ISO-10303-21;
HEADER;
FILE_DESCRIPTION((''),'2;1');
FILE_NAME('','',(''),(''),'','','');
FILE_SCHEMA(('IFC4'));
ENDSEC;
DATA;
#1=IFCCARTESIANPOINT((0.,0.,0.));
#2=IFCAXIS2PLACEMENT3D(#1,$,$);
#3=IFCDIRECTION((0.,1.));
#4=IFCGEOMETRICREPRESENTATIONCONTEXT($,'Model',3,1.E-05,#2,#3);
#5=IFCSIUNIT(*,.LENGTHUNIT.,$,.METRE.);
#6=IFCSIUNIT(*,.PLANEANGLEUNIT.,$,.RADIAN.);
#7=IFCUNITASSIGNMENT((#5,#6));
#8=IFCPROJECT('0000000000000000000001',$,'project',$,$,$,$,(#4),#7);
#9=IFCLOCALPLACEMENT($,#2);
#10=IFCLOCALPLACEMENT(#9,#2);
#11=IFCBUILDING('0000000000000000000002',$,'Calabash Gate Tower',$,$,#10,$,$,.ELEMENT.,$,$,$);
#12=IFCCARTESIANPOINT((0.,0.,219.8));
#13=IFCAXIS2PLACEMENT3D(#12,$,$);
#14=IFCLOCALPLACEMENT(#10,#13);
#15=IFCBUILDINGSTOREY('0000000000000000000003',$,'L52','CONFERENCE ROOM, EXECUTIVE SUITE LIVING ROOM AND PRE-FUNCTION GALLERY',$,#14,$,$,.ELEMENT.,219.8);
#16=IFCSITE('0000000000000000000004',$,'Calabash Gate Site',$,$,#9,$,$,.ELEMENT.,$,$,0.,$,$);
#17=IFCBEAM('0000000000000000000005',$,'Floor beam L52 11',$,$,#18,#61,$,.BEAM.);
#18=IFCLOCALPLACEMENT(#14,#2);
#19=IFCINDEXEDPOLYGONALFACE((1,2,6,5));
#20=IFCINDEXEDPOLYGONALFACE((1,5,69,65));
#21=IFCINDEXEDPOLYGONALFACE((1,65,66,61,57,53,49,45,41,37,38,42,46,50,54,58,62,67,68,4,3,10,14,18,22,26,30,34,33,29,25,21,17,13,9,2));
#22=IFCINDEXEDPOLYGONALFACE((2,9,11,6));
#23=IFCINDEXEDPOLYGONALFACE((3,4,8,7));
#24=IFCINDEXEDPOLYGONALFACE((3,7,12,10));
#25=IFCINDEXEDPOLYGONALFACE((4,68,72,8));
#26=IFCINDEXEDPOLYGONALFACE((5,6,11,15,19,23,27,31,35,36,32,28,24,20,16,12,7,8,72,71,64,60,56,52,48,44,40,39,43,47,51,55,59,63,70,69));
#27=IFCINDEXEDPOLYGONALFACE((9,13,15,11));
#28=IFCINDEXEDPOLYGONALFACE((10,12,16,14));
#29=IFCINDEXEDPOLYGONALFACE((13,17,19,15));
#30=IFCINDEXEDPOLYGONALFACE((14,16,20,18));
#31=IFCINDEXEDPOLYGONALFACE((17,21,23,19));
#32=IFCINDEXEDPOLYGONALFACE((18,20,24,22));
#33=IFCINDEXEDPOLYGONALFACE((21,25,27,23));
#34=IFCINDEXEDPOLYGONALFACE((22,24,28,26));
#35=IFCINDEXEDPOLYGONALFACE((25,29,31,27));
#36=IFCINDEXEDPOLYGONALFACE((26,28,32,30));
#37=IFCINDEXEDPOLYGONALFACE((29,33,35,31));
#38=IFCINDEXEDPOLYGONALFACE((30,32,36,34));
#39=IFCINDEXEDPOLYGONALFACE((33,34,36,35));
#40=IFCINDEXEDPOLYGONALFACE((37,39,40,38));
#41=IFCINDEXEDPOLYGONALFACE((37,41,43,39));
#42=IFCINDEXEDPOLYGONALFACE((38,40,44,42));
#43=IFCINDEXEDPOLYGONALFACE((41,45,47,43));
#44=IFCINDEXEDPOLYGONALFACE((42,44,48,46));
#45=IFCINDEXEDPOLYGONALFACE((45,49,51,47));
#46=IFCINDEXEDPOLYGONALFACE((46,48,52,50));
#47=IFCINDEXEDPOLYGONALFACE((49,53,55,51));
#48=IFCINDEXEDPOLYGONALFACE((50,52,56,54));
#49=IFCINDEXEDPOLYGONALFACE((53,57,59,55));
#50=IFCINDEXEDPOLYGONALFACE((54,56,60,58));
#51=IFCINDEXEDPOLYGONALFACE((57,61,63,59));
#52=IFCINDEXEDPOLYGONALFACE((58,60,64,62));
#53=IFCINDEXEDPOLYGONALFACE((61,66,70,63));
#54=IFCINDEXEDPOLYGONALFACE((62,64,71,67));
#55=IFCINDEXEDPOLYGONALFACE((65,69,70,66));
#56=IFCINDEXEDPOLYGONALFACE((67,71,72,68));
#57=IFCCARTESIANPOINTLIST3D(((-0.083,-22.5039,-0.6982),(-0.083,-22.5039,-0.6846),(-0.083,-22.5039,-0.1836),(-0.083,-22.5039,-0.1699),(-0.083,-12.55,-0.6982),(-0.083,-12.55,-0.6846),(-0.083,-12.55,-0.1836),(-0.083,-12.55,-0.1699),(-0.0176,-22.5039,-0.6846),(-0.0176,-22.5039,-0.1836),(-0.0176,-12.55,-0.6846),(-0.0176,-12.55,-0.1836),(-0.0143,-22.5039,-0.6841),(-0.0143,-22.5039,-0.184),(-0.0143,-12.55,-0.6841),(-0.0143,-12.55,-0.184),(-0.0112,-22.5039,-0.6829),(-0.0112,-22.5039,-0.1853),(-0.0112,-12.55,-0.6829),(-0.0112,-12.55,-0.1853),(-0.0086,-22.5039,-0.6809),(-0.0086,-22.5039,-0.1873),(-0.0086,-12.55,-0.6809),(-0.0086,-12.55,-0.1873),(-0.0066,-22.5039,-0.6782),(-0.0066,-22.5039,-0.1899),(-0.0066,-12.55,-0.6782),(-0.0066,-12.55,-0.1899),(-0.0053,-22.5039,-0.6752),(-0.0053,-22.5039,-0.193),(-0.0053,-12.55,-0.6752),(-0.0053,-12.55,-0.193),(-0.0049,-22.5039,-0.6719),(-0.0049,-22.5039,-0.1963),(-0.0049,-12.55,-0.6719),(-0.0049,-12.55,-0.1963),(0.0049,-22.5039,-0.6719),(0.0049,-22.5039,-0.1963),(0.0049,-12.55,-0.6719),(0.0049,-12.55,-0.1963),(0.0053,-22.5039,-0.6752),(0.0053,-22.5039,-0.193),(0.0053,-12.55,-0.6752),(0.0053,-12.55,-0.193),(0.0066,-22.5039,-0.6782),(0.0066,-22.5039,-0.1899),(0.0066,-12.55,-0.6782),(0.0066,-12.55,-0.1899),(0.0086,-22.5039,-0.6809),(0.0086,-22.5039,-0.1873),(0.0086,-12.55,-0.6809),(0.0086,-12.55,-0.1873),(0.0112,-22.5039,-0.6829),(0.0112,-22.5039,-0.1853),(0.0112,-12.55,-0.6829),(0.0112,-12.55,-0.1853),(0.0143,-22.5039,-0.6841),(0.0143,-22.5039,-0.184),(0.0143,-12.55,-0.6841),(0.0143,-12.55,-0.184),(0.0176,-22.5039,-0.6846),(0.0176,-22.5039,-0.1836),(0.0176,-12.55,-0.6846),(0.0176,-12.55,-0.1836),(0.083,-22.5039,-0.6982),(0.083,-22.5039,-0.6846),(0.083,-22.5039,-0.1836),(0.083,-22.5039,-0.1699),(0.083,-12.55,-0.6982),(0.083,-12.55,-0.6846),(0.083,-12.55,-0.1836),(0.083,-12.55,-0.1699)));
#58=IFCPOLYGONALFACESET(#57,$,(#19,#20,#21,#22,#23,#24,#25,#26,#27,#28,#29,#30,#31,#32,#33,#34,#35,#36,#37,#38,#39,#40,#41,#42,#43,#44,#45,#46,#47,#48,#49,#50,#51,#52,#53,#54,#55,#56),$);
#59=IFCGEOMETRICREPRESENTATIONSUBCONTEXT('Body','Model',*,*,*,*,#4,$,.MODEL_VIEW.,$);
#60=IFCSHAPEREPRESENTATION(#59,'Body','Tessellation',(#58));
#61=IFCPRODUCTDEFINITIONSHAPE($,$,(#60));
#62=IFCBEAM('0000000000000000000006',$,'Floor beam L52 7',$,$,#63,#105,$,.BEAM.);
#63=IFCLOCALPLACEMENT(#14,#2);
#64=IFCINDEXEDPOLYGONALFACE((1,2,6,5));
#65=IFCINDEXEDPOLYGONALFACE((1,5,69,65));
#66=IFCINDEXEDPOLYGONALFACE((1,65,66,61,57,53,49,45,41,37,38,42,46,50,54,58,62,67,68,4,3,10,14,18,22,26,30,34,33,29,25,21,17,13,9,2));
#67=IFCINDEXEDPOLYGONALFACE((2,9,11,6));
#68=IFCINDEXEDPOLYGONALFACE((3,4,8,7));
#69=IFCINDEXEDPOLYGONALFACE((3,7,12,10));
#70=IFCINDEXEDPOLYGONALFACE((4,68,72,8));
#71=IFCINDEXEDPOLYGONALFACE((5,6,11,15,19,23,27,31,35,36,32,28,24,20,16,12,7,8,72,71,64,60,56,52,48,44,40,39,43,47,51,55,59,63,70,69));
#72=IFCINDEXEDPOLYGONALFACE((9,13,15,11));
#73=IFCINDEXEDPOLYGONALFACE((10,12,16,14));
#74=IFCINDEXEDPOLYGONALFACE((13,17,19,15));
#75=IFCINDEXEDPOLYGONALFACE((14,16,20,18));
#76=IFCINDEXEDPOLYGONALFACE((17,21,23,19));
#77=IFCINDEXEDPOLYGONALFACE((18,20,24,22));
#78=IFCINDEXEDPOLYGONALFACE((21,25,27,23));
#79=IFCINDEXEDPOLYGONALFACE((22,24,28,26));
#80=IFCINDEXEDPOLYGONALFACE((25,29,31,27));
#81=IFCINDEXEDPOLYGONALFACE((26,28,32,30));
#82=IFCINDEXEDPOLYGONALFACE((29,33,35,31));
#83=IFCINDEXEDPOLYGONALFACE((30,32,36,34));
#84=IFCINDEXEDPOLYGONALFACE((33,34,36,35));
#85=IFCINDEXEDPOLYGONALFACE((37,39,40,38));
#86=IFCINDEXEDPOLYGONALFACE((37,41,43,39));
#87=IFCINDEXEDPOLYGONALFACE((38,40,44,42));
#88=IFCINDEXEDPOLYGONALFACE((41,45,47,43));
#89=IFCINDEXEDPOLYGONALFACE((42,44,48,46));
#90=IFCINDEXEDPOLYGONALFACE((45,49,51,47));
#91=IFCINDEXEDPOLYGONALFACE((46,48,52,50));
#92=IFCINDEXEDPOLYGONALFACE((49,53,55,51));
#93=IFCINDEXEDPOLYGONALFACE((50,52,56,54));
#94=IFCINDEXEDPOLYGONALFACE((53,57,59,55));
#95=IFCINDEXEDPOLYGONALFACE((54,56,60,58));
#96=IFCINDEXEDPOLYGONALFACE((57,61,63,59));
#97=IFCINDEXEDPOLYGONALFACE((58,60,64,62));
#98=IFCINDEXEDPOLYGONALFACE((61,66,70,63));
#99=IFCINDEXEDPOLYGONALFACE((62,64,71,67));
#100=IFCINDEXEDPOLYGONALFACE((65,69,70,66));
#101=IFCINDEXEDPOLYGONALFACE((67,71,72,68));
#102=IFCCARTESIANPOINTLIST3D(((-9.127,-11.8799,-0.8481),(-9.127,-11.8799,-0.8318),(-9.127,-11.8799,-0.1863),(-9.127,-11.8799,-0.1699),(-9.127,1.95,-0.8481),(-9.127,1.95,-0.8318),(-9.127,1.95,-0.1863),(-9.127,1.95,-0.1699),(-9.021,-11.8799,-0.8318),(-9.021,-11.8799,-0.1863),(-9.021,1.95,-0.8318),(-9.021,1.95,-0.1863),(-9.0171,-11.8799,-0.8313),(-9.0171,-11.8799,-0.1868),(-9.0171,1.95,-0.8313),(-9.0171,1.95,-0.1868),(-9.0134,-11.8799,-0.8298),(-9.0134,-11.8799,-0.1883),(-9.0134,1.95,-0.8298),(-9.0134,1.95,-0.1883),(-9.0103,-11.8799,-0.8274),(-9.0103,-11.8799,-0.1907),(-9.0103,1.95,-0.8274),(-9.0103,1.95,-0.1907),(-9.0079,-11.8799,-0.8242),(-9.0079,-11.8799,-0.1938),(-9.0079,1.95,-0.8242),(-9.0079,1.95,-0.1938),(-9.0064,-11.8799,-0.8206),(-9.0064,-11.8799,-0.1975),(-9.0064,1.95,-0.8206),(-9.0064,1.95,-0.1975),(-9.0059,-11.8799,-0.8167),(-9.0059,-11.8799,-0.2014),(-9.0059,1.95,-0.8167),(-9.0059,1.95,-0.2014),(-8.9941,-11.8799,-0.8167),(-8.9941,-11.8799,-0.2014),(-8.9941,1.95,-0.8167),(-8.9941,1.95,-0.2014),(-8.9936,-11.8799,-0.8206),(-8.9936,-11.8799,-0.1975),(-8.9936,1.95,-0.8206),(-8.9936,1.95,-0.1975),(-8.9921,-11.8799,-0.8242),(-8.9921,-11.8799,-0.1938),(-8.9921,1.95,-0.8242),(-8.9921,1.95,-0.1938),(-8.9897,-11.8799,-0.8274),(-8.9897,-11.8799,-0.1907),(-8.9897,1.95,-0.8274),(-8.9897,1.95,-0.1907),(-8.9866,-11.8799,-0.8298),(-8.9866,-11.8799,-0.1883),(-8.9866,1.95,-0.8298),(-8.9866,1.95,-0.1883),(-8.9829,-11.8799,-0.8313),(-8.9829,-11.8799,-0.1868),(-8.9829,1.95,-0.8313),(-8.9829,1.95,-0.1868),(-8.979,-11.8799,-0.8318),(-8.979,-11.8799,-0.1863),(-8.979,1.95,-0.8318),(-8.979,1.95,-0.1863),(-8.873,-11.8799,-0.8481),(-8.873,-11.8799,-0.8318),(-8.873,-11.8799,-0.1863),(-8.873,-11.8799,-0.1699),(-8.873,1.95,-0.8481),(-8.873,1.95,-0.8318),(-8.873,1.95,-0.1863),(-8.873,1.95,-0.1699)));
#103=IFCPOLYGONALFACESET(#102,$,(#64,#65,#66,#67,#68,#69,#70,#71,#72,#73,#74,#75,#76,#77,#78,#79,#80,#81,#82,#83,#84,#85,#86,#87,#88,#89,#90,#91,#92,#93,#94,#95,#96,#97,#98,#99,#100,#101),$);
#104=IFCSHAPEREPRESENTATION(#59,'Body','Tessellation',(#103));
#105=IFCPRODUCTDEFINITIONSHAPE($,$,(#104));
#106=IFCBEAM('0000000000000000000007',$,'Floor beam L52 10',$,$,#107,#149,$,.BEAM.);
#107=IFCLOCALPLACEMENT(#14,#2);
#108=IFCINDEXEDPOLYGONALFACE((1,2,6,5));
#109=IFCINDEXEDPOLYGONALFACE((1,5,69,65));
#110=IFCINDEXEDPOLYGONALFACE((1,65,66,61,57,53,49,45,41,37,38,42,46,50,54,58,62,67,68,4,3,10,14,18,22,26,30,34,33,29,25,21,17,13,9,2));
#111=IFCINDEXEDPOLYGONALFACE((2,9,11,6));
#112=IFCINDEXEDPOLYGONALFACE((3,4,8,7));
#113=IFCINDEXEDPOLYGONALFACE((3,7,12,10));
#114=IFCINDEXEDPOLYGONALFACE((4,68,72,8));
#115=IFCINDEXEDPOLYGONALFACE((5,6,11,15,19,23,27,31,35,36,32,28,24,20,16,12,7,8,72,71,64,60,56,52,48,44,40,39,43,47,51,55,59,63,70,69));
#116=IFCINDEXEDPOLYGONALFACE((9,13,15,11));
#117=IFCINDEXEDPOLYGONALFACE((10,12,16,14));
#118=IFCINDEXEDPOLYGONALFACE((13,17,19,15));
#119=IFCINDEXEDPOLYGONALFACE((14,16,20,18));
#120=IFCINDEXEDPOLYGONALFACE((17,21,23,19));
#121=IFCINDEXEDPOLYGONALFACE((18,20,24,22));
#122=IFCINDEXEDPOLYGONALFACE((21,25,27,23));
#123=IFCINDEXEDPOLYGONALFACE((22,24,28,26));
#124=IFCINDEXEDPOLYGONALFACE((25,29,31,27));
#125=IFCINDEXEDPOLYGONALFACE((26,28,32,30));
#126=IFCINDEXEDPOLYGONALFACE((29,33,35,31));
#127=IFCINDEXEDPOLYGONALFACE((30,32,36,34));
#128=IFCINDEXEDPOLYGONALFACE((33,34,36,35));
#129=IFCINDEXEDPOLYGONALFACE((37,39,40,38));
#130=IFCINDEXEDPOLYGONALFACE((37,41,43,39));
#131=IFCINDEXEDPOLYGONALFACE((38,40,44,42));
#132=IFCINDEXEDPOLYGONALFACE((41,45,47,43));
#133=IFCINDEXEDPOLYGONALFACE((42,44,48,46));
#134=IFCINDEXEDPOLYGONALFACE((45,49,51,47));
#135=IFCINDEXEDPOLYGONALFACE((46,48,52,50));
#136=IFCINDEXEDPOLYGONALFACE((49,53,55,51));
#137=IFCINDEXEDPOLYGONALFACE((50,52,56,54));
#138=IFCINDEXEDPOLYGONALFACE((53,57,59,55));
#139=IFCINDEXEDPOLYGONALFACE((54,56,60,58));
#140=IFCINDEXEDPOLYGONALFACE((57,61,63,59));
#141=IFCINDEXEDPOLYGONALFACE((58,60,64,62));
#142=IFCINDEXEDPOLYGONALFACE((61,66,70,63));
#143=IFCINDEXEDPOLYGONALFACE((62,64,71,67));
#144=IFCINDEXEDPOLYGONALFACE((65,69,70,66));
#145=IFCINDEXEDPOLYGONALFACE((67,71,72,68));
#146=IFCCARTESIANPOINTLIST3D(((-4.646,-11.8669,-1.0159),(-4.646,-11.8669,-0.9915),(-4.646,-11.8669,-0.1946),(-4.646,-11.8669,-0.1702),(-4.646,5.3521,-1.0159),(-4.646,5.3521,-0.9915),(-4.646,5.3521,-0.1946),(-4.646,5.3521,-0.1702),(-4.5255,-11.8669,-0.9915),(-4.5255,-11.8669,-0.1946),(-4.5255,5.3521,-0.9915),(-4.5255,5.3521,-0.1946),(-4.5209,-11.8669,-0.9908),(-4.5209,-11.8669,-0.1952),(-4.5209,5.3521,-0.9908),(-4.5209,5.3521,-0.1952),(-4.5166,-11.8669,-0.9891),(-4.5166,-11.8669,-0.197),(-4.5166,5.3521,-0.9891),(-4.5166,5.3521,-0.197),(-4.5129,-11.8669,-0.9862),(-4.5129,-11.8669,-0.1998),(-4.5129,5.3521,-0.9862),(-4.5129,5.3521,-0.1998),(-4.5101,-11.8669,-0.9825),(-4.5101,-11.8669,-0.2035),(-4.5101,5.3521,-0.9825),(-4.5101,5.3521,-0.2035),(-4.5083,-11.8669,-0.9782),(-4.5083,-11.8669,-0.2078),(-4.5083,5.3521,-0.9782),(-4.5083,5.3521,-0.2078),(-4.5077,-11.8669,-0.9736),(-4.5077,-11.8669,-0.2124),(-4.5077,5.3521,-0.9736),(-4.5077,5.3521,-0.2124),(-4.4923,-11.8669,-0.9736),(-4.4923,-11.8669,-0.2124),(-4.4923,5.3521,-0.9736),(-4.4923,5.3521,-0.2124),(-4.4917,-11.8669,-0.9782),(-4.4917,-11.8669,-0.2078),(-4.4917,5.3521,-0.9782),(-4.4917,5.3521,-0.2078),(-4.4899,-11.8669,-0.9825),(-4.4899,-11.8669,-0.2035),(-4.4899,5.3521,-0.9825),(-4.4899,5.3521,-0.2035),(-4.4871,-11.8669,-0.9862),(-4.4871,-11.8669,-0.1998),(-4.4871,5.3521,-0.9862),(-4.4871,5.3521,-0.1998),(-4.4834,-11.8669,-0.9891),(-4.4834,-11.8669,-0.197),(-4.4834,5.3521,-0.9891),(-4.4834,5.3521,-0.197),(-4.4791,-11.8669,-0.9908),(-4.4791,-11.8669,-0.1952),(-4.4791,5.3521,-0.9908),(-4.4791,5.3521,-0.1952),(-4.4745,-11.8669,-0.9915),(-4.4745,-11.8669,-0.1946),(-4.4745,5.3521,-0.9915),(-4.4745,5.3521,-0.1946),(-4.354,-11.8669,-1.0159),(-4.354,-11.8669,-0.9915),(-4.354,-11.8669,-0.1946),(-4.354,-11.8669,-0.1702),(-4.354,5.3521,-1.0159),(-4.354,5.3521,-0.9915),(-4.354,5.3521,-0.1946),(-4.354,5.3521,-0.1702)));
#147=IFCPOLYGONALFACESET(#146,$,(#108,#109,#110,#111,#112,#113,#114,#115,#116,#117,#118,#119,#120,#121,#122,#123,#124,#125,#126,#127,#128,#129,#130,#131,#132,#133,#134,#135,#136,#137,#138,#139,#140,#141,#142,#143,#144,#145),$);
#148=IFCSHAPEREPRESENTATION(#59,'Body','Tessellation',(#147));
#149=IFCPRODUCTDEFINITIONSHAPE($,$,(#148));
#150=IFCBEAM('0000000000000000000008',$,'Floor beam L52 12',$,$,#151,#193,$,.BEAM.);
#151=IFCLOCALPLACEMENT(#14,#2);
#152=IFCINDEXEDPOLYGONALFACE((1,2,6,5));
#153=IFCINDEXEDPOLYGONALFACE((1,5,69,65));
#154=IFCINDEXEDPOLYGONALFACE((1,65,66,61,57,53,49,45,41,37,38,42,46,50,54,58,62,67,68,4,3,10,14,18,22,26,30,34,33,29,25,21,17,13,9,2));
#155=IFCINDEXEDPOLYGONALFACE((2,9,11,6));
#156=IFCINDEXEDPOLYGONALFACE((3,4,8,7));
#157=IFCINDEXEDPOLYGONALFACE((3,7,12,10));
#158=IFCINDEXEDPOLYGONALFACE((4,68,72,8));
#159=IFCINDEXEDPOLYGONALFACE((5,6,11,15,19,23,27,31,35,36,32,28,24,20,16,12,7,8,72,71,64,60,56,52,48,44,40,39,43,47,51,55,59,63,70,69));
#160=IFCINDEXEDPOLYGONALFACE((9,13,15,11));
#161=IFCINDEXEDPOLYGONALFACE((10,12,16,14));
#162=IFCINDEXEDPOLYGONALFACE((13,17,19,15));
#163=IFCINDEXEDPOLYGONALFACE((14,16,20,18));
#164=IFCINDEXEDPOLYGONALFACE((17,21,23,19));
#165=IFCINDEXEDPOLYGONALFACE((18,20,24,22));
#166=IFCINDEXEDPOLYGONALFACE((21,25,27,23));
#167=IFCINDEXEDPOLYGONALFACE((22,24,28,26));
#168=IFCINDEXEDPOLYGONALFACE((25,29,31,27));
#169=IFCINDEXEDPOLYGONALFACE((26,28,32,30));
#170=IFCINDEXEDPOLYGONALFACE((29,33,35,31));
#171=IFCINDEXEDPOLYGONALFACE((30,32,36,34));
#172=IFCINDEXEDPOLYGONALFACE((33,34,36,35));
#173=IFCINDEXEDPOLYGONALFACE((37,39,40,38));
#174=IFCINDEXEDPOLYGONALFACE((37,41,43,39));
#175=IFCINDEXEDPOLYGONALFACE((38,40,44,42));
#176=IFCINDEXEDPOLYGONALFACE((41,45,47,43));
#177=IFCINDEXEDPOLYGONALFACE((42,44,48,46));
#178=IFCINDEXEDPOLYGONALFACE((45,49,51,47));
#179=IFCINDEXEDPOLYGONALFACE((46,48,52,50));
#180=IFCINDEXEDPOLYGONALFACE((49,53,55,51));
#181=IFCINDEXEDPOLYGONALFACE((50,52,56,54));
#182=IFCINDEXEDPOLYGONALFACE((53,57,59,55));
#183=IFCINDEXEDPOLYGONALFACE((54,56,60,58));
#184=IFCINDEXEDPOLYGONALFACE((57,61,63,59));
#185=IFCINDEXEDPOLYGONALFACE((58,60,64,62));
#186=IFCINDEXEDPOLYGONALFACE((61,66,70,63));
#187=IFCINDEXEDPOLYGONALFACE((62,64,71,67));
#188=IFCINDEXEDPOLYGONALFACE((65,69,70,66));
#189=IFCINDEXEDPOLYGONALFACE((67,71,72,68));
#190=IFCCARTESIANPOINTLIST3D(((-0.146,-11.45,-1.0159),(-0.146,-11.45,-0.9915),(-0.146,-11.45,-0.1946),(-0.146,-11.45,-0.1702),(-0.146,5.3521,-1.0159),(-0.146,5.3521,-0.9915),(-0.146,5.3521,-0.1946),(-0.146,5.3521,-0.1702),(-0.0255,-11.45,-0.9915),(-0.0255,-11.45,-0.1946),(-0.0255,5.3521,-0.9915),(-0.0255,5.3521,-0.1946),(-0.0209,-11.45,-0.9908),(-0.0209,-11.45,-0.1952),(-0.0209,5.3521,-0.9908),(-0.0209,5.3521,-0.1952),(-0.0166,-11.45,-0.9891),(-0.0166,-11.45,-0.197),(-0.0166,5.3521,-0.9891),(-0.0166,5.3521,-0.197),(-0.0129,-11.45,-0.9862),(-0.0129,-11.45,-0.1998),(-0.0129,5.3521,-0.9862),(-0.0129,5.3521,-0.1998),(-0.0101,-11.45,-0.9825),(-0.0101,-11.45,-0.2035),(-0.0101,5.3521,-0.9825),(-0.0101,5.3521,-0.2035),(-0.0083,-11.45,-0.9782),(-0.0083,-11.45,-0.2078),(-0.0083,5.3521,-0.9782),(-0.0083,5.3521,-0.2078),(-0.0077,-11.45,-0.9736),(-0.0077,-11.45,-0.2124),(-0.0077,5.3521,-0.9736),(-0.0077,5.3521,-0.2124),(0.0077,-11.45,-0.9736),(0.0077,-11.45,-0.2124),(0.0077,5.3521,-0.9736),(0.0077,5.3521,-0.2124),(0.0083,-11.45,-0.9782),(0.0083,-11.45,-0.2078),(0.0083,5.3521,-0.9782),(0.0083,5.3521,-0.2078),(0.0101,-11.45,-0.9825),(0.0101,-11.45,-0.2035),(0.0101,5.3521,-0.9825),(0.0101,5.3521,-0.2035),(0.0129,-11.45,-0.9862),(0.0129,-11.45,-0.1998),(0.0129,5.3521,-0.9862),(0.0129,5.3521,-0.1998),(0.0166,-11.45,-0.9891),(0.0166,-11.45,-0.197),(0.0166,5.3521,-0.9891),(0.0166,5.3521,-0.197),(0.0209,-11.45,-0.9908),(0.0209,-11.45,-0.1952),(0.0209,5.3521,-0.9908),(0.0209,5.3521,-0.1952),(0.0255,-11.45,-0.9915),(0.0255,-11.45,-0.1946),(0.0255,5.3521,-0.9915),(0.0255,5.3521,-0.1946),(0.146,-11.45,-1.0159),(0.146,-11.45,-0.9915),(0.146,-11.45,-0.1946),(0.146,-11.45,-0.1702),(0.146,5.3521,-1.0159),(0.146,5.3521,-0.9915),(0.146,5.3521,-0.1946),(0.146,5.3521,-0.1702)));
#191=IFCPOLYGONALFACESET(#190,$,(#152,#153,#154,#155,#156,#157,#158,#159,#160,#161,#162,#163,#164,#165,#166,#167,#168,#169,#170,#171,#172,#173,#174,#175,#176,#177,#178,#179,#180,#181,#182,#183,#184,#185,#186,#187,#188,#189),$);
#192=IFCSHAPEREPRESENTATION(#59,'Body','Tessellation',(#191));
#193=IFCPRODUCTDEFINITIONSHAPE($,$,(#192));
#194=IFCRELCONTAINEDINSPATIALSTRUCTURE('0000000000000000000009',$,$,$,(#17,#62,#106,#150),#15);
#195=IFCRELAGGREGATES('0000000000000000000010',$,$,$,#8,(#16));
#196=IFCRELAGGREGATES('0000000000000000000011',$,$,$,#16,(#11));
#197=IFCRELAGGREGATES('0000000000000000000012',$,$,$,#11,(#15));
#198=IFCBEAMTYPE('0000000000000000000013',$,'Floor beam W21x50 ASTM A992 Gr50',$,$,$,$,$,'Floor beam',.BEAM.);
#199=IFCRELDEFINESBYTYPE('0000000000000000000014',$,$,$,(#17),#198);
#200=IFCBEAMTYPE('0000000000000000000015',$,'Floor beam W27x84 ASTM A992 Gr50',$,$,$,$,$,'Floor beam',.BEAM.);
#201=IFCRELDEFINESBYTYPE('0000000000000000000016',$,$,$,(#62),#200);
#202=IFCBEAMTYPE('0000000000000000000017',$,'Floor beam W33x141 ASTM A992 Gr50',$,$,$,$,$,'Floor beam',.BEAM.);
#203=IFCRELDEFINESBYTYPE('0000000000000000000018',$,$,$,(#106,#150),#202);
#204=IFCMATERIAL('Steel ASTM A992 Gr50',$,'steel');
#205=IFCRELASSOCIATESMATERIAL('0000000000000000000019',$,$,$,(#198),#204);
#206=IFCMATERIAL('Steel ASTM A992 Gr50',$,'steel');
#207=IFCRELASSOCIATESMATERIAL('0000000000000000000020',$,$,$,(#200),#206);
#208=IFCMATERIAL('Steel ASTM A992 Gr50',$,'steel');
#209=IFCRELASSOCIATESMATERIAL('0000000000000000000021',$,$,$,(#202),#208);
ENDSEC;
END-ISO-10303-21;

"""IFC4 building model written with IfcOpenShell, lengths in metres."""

from ifc_helpers import new_model, si_unit, direction, frame, origin, origin_2d, place, context, subcontext, project, spatial, i_section, extrude, material, material_profile, profile_set, type_object, element, save


model = new_model("IFC4")

# Units and contexts
model_context = context("Model", 3, precision=1e-05, world=origin(), true_north=direction((0.0, 1.0)))
body_context = subcontext(model_context, "Body", "Model", "MODEL_VIEW")
ifc_project = project(units=[si_unit("LENGTHUNIT", "METRE"), si_unit("PLANEANGLEUNIT", "RADIAN")], contexts=[model_context])

# Site, building, storey
site_placement = place(None, origin())
site = spatial("IfcSite", under=ifc_project, at=site_placement, Name="Calabash Gate Site", CompositionType="ELEMENT", RefElevation=0.0)
building_placement = place(site_placement, origin())
building = spatial("IfcBuilding", under=site, at=building_placement, Name="Calabash Gate Tower", CompositionType="ELEMENT")
storey_placement = place(building_placement, frame((0.0, 0.0, 219.8)))
storey = spatial("IfcBuildingStorey", under=building, at=storey_placement, Name="L52", Description="CONFERENCE ROOM, EXECUTIVE SUITE LIVING ROOM AND PRE-FUNCTION GALLERY", CompositionType="ELEMENT", Elevation=219.8)

# Beams
ifc_material_1 = material(Name="Steel ASTM A992 Gr50", Category="steel")
ifc_material_profile_1 = material_profile(ifc_material_1, i_section(OverallWidth=0.166, OverallDepth=0.5283, WebThickness=0.0098, FlangeThickness=0.0137, FilletRadius=0.0127, at=origin_2d()))
ifc_profile_set_1 = profile_set([ifc_material_profile_1], Name="Steel ASTM A992 Gr50")
beam_type_1 = type_object("IfcBeamType", Name="Floor beam W21x50 ASTM A992 Gr50", ElementType="Floor beam", PredefinedType="BEAM", material=ifc_profile_set_1)
beam_1_placement = place(storey_placement, frame((0.0, -22.5039, -0.4341), z_axis=(0.0, 1.0, 0.0), x_axis=(-1.0, 0.0, 0.0)))
element("IfcBeam", 1, at=beam_1_placement, inside=storey, type_object=beam_type_1, Name="Floor beam L52 11", PredefinedType="BEAM", context=body_context, shape_type="SweptSolid", body=[
    extrude(i_section(OverallWidth=0.166, OverallDepth=0.5283, WebThickness=0.0098, FlangeThickness=0.0137, FilletRadius=0.0127, at=origin_2d()), origin(), (0.0, 0.0, 1.0), 9.9539),
])
ifc_material_2 = material(Name="Steel ASTM A992 Gr50", Category="steel")
ifc_material_profile_2 = material_profile(ifc_material_2, i_section(OverallWidth=0.2539, OverallDepth=0.6782, WebThickness=0.0117, FlangeThickness=0.0164, FilletRadius=0.0151, at=origin_2d()))
ifc_profile_set_2 = profile_set([ifc_material_profile_2], Name="Steel ASTM A992 Gr50")
beam_type_2 = type_object("IfcBeamType", Name="Floor beam W27x84 ASTM A992 Gr50", ElementType="Floor beam", PredefinedType="BEAM", material=ifc_profile_set_2)
beam_2_placement = place(storey_placement, frame((-9.0, -11.8799, -0.509), z_axis=(0.0, 1.0, 0.0), x_axis=(-1.0, 0.0, 0.0)))
element("IfcBeam", 2, at=beam_2_placement, inside=storey, type_object=beam_type_2, Name="Floor beam L52 7", PredefinedType="BEAM", context=body_context, shape_type="SweptSolid", body=[
    extrude(i_section(OverallWidth=0.2539, OverallDepth=0.6782, WebThickness=0.0117, FlangeThickness=0.0164, FilletRadius=0.0151, at=origin_2d()), origin(), (0.0, 0.0, 1.0), 13.8298),
])
ifc_material_3 = material(Name="Steel ASTM A992 Gr50", Category="steel")
ifc_material_profile_3 = material_profile(ifc_material_3, i_section(OverallWidth=0.292, OverallDepth=0.8457, WebThickness=0.0154, FlangeThickness=0.0244, FilletRadius=0.0178, at=origin_2d()))
ifc_profile_set_3 = profile_set([ifc_material_profile_3], Name="Steel ASTM A992 Gr50")
beam_type_3 = type_object("IfcBeamType", Name="Floor beam W33x141 ASTM A992 Gr50", ElementType="Floor beam", PredefinedType="BEAM", material=ifc_profile_set_3)
beam_3_placement = place(storey_placement, frame((-4.5, -11.8669, -0.593), z_axis=(0.0, 1.0, 0.0), x_axis=(-1.0, 0.0, 0.0)))
element("IfcBeam", 3, at=beam_3_placement, inside=storey, type_object=beam_type_3, Name="Floor beam L52 10", PredefinedType="BEAM", context=body_context, shape_type="SweptSolid", body=[
    extrude(i_section(OverallWidth=0.292, OverallDepth=0.8457, WebThickness=0.0154, FlangeThickness=0.0244, FilletRadius=0.0178, at=origin_2d()), origin(), (0.0, 0.0, 1.0), 17.219),
])
beam_4_placement = place(storey_placement, frame((0.0, -11.45, -0.593), z_axis=(0.0, 1.0, 0.0), x_axis=(-1.0, 0.0, 0.0)))
element("IfcBeam", 4, at=beam_4_placement, inside=storey, type_object=beam_type_3, Name="Floor beam L52 12", PredefinedType="BEAM", context=body_context, shape_type="SweptSolid", body=[
    extrude(i_section(OverallWidth=0.292, OverallDepth=0.8457, WebThickness=0.0154, FlangeThickness=0.0244, FilletRadius=0.0178, at=origin_2d()), origin(), (0.0, 0.0, 1.0), 16.802),
])

save(model, "model.ifc")
